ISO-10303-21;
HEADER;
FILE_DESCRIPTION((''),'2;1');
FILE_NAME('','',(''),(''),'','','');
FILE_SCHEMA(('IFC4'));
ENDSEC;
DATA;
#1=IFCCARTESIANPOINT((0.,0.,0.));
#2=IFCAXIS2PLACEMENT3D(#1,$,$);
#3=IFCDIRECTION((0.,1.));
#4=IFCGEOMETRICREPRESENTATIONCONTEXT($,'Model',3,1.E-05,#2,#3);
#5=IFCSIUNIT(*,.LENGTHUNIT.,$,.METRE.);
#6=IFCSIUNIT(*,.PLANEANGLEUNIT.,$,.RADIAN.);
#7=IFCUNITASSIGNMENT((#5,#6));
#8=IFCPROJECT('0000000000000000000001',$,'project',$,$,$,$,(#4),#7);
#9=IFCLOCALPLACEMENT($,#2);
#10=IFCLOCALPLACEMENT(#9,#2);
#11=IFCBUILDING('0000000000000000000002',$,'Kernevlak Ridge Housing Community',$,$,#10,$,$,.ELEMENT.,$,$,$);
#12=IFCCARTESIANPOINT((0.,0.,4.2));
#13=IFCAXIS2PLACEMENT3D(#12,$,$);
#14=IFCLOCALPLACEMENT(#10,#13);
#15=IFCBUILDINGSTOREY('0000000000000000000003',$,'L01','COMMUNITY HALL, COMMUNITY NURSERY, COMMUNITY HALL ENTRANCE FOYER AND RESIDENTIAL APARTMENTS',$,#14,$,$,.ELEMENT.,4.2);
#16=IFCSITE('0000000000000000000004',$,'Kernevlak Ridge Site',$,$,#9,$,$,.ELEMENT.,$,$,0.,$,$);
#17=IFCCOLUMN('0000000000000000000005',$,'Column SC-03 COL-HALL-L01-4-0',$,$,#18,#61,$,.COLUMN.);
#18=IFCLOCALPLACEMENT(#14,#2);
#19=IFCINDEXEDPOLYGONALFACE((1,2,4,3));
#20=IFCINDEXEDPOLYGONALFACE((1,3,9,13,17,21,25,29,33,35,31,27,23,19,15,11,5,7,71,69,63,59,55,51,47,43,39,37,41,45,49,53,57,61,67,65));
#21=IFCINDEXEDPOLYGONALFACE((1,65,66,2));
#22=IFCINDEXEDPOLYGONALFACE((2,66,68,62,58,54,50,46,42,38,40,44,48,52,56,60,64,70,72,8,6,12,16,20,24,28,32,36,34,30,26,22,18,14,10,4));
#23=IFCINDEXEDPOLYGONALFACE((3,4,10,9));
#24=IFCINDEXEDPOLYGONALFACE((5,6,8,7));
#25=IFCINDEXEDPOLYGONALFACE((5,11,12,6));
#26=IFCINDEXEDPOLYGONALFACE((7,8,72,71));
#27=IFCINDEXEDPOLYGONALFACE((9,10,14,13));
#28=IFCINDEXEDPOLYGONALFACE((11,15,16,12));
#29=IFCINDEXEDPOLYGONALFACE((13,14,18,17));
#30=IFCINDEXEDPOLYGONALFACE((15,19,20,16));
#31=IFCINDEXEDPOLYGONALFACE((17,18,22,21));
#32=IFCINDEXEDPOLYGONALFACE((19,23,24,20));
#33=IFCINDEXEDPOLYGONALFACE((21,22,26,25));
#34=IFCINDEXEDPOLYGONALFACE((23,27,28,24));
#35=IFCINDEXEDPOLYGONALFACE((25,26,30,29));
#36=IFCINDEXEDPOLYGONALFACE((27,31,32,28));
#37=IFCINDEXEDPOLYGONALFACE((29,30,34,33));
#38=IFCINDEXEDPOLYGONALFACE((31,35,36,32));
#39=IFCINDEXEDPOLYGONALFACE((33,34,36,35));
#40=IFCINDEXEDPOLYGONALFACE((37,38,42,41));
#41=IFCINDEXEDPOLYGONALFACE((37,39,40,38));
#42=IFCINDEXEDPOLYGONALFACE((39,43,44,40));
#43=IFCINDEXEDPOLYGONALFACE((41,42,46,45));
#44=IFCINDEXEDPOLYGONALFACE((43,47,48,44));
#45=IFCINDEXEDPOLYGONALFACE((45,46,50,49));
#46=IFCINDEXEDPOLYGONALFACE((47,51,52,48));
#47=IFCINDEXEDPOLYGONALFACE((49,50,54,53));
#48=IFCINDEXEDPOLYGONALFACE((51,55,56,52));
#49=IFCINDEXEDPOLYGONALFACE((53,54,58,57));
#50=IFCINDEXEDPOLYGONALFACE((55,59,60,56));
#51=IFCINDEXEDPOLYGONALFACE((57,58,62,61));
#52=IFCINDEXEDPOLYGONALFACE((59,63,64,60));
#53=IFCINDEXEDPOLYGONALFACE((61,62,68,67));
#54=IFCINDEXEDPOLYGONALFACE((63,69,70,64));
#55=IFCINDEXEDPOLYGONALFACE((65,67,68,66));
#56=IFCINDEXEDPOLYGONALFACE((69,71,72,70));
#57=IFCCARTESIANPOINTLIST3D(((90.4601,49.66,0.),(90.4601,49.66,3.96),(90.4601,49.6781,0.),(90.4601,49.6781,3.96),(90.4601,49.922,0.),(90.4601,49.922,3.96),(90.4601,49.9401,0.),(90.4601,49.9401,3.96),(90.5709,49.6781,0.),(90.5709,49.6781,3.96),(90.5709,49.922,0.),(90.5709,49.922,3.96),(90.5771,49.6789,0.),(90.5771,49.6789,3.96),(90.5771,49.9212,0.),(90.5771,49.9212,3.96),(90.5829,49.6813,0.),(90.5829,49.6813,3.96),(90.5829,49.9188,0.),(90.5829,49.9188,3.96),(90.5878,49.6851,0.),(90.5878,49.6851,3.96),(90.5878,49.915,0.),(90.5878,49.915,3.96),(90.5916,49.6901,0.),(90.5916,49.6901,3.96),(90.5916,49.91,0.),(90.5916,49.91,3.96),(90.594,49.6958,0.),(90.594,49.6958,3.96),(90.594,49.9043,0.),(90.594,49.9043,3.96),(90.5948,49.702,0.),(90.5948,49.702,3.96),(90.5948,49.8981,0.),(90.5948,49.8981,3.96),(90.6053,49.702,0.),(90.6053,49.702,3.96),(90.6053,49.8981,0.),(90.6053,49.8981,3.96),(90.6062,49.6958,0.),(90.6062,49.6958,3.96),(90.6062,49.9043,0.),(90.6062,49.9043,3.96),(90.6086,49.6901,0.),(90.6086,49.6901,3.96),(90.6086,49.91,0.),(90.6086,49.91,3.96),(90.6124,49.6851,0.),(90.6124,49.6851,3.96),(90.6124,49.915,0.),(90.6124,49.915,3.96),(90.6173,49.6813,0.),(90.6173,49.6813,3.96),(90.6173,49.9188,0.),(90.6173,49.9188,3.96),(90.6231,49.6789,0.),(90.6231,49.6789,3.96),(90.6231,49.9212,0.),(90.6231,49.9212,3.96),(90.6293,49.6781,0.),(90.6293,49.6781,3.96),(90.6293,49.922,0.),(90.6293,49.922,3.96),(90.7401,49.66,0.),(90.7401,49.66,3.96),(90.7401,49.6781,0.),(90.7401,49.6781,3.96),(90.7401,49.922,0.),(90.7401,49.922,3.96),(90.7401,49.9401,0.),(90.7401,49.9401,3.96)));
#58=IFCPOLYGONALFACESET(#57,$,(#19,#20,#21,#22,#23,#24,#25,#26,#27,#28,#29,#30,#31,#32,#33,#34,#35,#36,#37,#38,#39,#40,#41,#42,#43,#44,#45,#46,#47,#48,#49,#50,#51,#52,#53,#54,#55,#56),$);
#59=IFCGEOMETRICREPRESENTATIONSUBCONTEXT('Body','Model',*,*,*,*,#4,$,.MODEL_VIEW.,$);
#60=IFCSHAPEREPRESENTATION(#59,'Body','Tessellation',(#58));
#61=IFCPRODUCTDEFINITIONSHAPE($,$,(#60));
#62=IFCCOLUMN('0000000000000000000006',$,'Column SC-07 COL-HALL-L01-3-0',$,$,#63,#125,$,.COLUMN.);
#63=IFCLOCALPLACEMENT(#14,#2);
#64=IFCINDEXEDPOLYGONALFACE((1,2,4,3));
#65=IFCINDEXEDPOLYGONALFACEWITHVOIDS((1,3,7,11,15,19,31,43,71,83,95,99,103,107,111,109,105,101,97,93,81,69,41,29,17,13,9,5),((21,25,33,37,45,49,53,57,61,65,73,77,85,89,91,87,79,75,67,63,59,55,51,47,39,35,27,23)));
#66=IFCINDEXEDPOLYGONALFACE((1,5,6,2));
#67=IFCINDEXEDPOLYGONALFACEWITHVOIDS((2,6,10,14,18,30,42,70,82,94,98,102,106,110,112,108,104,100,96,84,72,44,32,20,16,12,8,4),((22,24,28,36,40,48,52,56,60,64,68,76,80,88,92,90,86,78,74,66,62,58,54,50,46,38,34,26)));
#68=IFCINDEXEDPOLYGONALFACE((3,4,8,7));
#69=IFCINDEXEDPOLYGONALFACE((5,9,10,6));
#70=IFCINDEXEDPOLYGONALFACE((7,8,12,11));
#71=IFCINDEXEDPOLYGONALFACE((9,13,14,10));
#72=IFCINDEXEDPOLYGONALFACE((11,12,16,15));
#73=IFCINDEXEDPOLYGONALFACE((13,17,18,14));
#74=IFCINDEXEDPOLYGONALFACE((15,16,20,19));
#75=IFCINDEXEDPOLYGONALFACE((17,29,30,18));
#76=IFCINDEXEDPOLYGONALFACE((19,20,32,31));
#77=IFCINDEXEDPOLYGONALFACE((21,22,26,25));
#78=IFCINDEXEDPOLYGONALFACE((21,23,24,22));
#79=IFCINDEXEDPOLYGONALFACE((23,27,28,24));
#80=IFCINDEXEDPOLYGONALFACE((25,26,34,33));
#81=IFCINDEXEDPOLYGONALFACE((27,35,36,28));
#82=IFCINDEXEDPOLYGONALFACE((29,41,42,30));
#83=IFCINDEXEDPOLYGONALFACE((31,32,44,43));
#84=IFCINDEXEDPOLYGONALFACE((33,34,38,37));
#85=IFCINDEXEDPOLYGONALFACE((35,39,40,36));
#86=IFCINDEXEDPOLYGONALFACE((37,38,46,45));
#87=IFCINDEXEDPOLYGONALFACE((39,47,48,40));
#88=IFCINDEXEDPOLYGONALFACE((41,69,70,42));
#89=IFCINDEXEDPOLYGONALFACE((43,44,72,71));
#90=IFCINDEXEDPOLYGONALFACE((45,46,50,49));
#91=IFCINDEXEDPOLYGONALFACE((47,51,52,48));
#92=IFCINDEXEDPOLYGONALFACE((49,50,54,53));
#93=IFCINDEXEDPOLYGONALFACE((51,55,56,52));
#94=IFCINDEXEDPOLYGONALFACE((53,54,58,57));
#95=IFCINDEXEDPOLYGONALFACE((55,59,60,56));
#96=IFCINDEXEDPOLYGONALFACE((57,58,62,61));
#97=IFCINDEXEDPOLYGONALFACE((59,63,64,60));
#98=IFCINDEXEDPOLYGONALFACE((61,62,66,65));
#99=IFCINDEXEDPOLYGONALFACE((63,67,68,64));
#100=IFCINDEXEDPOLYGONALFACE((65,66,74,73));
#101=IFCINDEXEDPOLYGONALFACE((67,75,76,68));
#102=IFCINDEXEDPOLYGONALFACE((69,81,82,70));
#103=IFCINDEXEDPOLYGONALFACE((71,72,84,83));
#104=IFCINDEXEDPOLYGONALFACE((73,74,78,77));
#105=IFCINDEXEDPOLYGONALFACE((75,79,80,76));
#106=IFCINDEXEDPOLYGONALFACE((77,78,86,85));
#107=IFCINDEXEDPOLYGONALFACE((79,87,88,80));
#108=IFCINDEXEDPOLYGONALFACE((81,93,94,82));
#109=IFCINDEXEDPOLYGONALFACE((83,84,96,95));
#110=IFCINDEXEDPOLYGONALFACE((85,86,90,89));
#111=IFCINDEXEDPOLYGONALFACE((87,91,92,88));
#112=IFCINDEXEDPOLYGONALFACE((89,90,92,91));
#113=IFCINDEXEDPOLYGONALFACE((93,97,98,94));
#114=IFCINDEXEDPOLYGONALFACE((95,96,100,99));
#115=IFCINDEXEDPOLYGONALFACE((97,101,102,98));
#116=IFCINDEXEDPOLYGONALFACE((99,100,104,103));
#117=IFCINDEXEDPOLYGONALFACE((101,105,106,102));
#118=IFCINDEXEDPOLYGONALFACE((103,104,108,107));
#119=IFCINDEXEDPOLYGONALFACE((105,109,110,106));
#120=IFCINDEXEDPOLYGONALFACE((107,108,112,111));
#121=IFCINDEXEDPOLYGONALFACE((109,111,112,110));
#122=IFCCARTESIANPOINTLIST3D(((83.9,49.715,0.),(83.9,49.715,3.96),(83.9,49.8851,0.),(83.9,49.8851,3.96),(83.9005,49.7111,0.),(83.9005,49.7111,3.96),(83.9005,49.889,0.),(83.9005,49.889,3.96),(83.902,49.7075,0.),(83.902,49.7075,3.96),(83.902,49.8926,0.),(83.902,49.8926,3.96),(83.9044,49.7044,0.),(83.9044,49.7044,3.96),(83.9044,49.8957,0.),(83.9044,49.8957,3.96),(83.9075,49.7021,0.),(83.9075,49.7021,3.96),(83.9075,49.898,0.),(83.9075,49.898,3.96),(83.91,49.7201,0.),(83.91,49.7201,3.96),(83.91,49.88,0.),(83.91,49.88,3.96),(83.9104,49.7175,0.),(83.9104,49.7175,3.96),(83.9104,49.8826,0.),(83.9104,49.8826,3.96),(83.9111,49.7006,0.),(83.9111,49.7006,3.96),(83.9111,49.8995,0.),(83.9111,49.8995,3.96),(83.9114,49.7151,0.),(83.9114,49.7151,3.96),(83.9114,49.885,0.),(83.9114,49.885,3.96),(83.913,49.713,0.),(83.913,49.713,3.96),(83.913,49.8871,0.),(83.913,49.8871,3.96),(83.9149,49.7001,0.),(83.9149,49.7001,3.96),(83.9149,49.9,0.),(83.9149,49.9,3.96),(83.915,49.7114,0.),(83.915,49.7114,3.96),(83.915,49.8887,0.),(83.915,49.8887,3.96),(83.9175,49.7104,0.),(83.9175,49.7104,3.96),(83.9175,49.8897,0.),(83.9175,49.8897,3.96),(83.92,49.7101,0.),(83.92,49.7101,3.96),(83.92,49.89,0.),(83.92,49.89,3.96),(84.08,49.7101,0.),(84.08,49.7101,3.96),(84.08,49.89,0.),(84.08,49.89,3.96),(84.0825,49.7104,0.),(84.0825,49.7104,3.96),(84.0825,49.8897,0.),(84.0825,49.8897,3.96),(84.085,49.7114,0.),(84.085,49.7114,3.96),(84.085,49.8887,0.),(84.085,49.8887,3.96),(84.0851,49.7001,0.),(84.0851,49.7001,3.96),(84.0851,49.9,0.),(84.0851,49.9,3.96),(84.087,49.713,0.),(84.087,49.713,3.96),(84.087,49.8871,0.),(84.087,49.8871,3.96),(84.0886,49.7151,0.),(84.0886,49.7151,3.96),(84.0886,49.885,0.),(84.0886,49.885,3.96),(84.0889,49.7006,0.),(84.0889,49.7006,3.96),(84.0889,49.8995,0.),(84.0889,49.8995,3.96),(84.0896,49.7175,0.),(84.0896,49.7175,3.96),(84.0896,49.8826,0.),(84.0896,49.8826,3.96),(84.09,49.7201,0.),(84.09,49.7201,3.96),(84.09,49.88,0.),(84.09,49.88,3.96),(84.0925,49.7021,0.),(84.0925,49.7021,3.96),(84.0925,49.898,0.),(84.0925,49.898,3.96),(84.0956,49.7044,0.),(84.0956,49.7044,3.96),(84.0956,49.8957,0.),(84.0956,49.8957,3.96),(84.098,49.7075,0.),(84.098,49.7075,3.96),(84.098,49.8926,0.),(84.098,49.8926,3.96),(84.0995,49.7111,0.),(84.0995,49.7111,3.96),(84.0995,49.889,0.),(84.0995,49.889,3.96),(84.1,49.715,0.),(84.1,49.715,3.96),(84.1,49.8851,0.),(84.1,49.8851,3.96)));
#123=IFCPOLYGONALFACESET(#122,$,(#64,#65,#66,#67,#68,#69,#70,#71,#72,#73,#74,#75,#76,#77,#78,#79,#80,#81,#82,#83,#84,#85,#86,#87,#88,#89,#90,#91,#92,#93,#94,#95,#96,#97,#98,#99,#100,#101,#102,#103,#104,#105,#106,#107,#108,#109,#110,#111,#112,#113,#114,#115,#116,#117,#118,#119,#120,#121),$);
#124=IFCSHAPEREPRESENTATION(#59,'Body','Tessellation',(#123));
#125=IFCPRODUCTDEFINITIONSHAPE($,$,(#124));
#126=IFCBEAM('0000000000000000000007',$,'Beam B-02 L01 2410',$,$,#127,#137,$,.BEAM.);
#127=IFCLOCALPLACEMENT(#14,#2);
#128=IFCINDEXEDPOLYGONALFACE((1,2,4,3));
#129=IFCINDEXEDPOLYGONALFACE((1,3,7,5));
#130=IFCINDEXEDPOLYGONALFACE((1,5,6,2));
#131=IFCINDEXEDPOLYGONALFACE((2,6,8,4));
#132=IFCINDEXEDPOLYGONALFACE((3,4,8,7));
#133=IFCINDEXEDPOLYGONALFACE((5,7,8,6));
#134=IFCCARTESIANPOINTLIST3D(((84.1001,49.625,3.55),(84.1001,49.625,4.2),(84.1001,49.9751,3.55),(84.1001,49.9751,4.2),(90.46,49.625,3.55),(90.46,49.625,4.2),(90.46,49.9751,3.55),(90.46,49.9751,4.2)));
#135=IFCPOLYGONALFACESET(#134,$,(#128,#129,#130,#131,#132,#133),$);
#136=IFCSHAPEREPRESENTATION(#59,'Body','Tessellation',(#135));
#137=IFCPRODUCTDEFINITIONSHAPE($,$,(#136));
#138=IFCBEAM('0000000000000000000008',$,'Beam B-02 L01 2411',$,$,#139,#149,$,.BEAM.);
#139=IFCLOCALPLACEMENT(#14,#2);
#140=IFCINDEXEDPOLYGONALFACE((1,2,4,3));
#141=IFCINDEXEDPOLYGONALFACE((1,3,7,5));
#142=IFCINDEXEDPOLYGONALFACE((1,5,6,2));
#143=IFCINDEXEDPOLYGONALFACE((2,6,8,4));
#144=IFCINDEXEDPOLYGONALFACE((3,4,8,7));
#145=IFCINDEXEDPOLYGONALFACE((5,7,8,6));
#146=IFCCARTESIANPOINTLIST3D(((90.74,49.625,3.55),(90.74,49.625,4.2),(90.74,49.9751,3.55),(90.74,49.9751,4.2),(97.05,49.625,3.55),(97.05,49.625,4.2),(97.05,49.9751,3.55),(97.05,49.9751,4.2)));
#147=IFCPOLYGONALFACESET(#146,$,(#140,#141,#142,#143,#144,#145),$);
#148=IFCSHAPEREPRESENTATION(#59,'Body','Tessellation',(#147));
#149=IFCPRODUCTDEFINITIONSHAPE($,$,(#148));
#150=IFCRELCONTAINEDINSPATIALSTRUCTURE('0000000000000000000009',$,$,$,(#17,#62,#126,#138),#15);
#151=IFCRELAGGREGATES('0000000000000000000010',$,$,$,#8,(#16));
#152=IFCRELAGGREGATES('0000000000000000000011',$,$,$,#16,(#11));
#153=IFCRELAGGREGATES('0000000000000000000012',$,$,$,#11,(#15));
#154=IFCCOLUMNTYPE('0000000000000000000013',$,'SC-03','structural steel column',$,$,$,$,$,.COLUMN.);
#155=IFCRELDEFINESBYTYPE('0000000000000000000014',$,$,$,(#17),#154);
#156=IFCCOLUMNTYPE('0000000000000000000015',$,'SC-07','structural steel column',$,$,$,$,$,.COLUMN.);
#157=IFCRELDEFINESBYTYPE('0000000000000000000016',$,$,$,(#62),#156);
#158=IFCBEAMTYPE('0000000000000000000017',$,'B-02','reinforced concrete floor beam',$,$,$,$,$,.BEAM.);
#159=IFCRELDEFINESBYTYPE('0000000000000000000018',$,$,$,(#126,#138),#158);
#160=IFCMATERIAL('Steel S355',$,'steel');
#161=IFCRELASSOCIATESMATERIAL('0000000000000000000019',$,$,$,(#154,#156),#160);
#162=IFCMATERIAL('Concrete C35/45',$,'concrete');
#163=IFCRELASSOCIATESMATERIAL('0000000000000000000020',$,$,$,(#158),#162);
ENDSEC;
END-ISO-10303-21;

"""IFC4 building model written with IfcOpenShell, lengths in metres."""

from ifc_helpers import new_model, si_unit, direction, frame, origin, origin_2d, place, context, subcontext, project, spatial, rectangle, hollow_rectangle, i_section, extrude, material, material_profile, profile_set, type_object, element, save


model = new_model("IFC4")

# Units and contexts
model_context = context("Model", 3, precision=1e-05, world=origin(), true_north=direction((0.0, 1.0)))
body_context = subcontext(model_context, "Body", "Model", "MODEL_VIEW")
ifc_project = project(units=[si_unit("LENGTHUNIT", "METRE"), si_unit("PLANEANGLEUNIT", "RADIAN")], contexts=[model_context])

# Site, building, storey
site_placement = place(None, origin())
site = spatial("IfcSite", under=ifc_project, at=site_placement, Name="Kernevlak Ridge Site", CompositionType="ELEMENT", RefElevation=0.0)
building_placement = place(site_placement, origin())
building = spatial("IfcBuilding", under=site, at=building_placement, Name="Kernevlak Ridge Housing Community", CompositionType="ELEMENT")
storey_placement = place(building_placement, frame((0.0, 0.0, 4.2)))
storey = spatial("IfcBuildingStorey", under=building, at=storey_placement, Name="L01", Description="COMMUNITY HALL, COMMUNITY NURSERY, COMMUNITY HALL ENTRANCE FOYER AND RESIDENTIAL APARTMENTS", CompositionType="ELEMENT", Elevation=4.2)

# Columns
ifc_material_1 = material(Name="Steel S355", Category="steel")
ifc_material_profile_1 = material_profile(ifc_material_1, i_section(OverallWidth=0.28, OverallDepth=0.28, WebThickness=0.0105, FlangeThickness=0.0181, FilletRadius=0.0239, at=origin_2d()), Name="HEB 280")
ifc_profile_set_1 = profile_set([ifc_material_profile_1], Name="Steel S355")
column_type_1 = type_object("IfcColumnType", Name="SC-03", Description="structural steel column", PredefinedType="COLUMN", material=ifc_profile_set_1)
column_1_placement = place(storey_placement, frame((90.6001, 49.8, 0.0), z_axis=(0.0, 0.0, 1.0), x_axis=(1.0, 0.0, 0.0)))
element("IfcColumn", 1, at=column_1_placement, inside=storey, type_object=column_type_1, Name="Column SC-03 COL-HALL-L01-4-0", PredefinedType="COLUMN", context=body_context, shape_type="SweptSolid", body=[
    extrude(i_section(OverallWidth=0.28, OverallDepth=0.28, WebThickness=0.0105, FlangeThickness=0.0181, FilletRadius=0.0239, at=origin_2d()), origin(), (0.0, 0.0, 1.0), 3.96),
])
ifc_material_profile_2 = material_profile(ifc_material_1, hollow_rectangle(XDim=0.2, YDim=0.2, WallThickness=0.01, InnerFilletRadius=0.01, OuterFilletRadius=0.0149, at=origin_2d()), Name="SHS 200x200x10")
ifc_profile_set_2 = profile_set([ifc_material_profile_2], Name="Steel S355")
column_type_2 = type_object("IfcColumnType", Name="SC-07", Description="structural steel column", PredefinedType="COLUMN", material=ifc_profile_set_2)
column_2_placement = place(storey_placement, frame((84.0, 49.8, 0.0), z_axis=(0.0, 0.0, 1.0), x_axis=(1.0, 0.0, 0.0)))
element("IfcColumn", 2, at=column_2_placement, inside=storey, type_object=column_type_2, Name="Column SC-07 COL-HALL-L01-3-0", PredefinedType="COLUMN", context=body_context, shape_type="SweptSolid", body=[
    extrude(hollow_rectangle(XDim=0.2, YDim=0.2, WallThickness=0.01, InnerFilletRadius=0.01, OuterFilletRadius=0.0149, at=origin_2d()), origin(), (0.0, 0.0, 1.0), 3.96),
])

# Beams
ifc_material_2 = material(Name="Concrete C35/45", Category="concrete")
ifc_material_profile_3 = material_profile(ifc_material_2, rectangle(XDim=0.3501, YDim=0.6499, at=origin_2d()), Name="RC 350x650")
ifc_profile_set_3 = profile_set([ifc_material_profile_3], Name="Concrete C35/45")
beam_type = type_object("IfcBeamType", Name="B-02", Description="reinforced concrete floor beam", PredefinedType="BEAM", material=ifc_profile_set_3)
beam_1_placement = place(storey_placement, frame((84.1001, 49.8, 3.875), z_axis=(1.0, 0.0, 0.0), x_axis=(0.0, 1.0, 0.0)))
element("IfcBeam", 3, at=beam_1_placement, inside=storey, type_object=beam_type, Name="Beam B-02 L01 2410", PredefinedType="BEAM", context=body_context, shape_type="SweptSolid", body=[
    extrude(rectangle(XDim=0.3501, YDim=0.6499, at=origin_2d()), origin(), (0.0, 0.0, 1.0), 6.3599),
])
beam_2_placement = place(storey_placement, frame((90.74, 49.8, 3.875), z_axis=(1.0, 0.0, 0.0), x_axis=(0.0, 1.0, 0.0)))
element("IfcBeam", 4, at=beam_2_placement, inside=storey, type_object=beam_type, Name="Beam B-02 L01 2411", PredefinedType="BEAM", context=body_context, shape_type="SweptSolid", body=[
    extrude(rectangle(XDim=0.3501, YDim=0.6499, at=origin_2d()), origin(), (0.0, 0.0, 1.0), 6.3101),
])

save(model, "model.ifc")
